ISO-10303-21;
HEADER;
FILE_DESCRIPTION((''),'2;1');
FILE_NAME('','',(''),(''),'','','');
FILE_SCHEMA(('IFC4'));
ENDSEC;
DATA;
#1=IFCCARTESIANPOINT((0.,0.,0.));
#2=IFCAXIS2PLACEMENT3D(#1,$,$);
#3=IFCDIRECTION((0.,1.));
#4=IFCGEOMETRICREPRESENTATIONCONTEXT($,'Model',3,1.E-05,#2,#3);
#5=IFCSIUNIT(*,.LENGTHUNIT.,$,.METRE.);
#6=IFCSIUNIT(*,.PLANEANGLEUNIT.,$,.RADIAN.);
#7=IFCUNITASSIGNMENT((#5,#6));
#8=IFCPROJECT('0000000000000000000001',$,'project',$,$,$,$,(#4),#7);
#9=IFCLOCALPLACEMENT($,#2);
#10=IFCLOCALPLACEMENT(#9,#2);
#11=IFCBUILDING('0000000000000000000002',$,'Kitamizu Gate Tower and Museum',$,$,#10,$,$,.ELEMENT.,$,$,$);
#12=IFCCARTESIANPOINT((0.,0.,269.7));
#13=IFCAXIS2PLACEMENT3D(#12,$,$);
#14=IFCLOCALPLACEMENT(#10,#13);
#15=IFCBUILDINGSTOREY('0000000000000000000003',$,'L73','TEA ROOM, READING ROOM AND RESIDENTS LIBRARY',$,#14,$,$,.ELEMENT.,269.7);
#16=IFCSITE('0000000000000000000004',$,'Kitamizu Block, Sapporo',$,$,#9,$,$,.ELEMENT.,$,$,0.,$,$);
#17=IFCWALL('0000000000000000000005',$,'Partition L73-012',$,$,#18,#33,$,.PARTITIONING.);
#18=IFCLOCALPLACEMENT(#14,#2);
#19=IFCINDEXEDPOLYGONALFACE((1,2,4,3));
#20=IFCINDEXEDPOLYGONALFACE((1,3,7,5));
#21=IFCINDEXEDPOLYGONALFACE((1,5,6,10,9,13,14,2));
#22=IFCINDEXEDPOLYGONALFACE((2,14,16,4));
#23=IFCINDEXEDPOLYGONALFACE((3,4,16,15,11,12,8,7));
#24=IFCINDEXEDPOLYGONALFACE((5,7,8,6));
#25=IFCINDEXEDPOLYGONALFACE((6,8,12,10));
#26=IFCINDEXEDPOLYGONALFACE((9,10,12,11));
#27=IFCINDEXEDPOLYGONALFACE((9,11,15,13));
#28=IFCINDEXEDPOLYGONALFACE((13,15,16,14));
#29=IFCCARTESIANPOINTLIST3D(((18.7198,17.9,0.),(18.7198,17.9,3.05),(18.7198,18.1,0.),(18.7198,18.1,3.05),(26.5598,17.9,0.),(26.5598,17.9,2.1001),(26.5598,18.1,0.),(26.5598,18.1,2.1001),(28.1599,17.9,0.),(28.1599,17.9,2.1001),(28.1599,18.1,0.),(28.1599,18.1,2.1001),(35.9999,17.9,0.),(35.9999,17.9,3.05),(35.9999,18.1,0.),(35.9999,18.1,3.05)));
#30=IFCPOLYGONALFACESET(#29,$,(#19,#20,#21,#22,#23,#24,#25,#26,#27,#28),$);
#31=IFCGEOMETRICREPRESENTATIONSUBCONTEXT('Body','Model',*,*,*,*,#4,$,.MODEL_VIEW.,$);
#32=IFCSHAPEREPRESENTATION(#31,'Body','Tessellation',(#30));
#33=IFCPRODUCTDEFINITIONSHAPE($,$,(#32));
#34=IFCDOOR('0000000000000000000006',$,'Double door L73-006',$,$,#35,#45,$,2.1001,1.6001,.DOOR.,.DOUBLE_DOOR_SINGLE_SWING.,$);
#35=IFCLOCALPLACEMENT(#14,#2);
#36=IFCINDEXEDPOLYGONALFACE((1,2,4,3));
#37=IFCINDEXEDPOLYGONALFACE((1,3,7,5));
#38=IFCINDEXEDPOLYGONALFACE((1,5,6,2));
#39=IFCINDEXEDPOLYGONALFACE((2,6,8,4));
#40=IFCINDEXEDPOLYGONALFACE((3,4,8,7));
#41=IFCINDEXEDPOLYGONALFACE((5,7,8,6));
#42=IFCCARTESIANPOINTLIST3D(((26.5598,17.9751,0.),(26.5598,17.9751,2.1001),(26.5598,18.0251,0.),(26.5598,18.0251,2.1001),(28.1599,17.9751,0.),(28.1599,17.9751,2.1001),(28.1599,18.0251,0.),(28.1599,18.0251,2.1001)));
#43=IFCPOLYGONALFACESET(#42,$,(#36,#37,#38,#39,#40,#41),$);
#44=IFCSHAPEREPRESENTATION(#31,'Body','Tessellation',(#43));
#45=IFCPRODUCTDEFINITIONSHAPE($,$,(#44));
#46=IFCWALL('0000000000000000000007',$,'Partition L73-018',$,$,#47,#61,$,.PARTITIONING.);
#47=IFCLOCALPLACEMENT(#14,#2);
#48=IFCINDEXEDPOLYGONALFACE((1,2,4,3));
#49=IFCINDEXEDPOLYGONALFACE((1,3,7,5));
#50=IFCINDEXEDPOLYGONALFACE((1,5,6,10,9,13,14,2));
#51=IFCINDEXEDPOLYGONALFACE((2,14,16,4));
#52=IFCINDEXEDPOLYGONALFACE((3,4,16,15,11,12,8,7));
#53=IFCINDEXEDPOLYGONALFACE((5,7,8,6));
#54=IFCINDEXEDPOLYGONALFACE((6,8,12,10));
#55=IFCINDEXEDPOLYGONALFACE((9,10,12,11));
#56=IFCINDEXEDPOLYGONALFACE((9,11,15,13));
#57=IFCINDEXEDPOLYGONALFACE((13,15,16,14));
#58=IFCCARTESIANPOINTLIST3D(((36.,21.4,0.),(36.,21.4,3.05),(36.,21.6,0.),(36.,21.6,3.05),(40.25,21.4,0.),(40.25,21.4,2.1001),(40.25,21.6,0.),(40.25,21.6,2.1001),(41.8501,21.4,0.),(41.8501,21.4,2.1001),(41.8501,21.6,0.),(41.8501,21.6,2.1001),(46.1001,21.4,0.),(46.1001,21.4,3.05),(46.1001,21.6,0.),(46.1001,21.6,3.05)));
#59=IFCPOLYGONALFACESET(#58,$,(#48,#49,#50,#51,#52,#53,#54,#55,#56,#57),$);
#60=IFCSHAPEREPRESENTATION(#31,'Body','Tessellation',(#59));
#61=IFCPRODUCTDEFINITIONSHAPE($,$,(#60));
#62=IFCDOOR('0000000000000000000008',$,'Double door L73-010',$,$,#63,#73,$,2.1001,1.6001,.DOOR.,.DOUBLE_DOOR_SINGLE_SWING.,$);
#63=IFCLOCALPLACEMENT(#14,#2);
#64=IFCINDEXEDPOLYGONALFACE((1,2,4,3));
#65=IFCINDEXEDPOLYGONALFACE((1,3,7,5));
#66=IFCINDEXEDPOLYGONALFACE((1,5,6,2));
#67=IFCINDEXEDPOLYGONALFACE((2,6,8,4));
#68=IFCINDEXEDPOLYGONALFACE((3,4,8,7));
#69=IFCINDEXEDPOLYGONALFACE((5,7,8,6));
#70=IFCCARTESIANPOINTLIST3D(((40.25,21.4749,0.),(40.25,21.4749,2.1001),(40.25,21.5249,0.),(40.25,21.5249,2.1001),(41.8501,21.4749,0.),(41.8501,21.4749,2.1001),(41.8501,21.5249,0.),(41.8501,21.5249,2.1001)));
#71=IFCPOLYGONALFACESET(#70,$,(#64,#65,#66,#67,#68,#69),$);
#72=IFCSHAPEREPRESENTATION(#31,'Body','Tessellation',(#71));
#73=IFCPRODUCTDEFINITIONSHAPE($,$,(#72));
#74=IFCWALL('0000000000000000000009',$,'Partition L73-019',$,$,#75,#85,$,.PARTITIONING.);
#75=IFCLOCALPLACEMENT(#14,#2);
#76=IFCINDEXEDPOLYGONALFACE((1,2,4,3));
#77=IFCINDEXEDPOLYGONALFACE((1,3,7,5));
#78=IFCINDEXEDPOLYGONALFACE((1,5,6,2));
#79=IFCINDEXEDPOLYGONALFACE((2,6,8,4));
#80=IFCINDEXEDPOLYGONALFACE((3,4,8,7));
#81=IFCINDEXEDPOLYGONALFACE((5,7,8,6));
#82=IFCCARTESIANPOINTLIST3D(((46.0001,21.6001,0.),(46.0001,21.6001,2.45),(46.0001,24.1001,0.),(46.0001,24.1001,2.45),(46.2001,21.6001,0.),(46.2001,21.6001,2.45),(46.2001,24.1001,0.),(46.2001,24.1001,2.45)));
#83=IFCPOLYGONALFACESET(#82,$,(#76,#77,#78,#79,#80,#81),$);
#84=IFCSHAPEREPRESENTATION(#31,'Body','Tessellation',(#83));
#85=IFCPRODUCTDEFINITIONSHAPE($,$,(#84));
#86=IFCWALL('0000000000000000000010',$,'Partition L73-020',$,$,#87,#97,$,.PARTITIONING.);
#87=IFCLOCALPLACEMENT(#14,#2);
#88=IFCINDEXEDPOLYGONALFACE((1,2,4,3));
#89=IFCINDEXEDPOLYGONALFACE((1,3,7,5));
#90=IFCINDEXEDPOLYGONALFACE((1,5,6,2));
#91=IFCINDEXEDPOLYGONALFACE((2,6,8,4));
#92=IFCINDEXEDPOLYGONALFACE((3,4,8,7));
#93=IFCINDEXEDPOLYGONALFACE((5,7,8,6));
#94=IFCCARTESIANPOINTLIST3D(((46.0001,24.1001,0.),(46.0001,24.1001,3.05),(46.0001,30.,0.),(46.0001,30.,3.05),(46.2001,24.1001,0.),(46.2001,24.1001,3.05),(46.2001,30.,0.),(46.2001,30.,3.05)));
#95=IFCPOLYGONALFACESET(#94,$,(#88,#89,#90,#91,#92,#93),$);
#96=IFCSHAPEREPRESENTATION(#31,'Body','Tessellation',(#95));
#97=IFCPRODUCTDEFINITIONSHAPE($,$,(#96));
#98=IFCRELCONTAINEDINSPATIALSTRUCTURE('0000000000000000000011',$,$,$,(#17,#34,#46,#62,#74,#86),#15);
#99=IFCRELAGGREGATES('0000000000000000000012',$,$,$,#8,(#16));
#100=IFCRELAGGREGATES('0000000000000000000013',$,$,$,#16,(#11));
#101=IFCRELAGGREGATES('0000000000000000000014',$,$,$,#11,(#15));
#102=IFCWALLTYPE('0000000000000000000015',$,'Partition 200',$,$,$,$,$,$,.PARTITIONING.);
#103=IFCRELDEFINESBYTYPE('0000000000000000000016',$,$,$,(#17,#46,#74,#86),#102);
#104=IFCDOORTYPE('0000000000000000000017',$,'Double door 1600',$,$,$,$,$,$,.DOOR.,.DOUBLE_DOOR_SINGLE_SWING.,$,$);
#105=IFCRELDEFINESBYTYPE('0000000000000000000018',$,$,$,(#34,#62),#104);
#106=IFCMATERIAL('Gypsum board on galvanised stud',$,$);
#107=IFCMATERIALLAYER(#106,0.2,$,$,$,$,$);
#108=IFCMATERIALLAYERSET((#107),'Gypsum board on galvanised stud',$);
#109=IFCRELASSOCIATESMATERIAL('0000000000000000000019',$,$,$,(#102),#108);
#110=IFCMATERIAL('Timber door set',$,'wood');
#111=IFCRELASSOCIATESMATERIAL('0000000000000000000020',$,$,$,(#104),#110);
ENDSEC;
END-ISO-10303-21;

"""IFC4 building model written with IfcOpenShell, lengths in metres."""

from ifc_helpers import new_model, si_unit, direction, frame, frame_2d, origin, place, context, subcontext, project, spatial, rectangle, extrude, material, layer, layer_set, type_object, element, fill, save


model = new_model("IFC4")

# Units and contexts
model_context = context("Model", 3, precision=1e-05, world=origin(), true_north=direction((0.0, 1.0)))
body_context = subcontext(model_context, "Body", "Model", "MODEL_VIEW")
ifc_project = project(units=[si_unit("LENGTHUNIT", "METRE"), si_unit("PLANEANGLEUNIT", "RADIAN")], contexts=[model_context])

# Site, building, storey
site_placement = place(None, origin())
site = spatial("IfcSite", under=ifc_project, at=site_placement, Name="Kitamizu Block, Sapporo", CompositionType="ELEMENT", RefElevation=0.0)
building_placement = place(site_placement, origin())
building = spatial("IfcBuilding", under=site, at=building_placement, Name="Kitamizu Gate Tower and Museum", CompositionType="ELEMENT")
storey_placement = place(building_placement, frame((0.0, 0.0, 269.7)))
storey = spatial("IfcBuildingStorey", under=building, at=storey_placement, Name="L73", Description="TEA ROOM, READING ROOM AND RESIDENTS LIBRARY", CompositionType="ELEMENT", Elevation=269.7)

# Walls, openings, doors
ifc_material_1 = material(Name="Gypsum board on galvanised stud")
ifc_layer_1 = layer(ifc_material_1, 0.2)
ifc_layer_set_1 = layer_set([ifc_layer_1], Name="Gypsum board on galvanised stud")
wall_type_1 = type_object("IfcWallType", Name="Partition 200", PredefinedType="PARTITIONING", material=ifc_layer_set_1)
wall_1_placement = place(storey_placement, frame((36.0, 18.0, 0.0), z_axis=(0.0, 0.0, 1.0), x_axis=(-1.0, 0.0, 0.0)))
wall_1 = element("IfcWall", 1, at=wall_1_placement, inside=storey, type_object=wall_type_1, Name="Partition L73-012", PredefinedType="PARTITIONING", context=body_context, shape_type="SweptSolid", body=[
    extrude(rectangle(XDim=17.28, YDim=0.2, at=frame_2d((8.6401, 0.0))), origin(), (0.0, 0.0, 1.0), 3.05),
])
opening_1_placement = place(wall_1_placement, frame((7.8401, 0.0, 0.0)))
opening_1 = element("IfcOpeningElement", 2, at=opening_1_placement, cuts=wall_1, PredefinedType="OPENING", context=body_context, shape_type="SweptSolid", body=[
    extrude(rectangle(XDim=1.6001, YDim=2.1001, at=frame_2d((0.8, 1.05))), frame((0.0, 0.1099, 0.0), z_axis=(0.0, -1.0, 0.0), x_axis=(1.0, 0.0, 0.0)), (0.0, 0.0, 1.0), 0.22),
])
ifc_material_2 = material(Name="Timber door set", Category="wood")
door_type_1 = type_object("IfcDoorType", Name="Double door 1600", OperationType="DOUBLE_DOOR_SINGLE_SWING", PredefinedType="DOOR", material=ifc_material_2)
door_1_placement = place(opening_1_placement, origin())
door_1 = element("IfcDoor", 3, at=door_1_placement, inside=storey, type_object=door_type_1, Name="Double door L73-006", OperationType="DOUBLE_DOOR_SINGLE_SWING", OverallHeight=2.1001, OverallWidth=1.6001, PredefinedType="DOOR", context=body_context, shape_type="SweptSolid", body=[
    extrude(rectangle(XDim=1.6001, YDim=2.1001, at=frame_2d((0.8, 1.05))), frame((0.0, 0.0249, 0.0), z_axis=(0.0, -1.0, 0.0), x_axis=(1.0, 0.0, 0.0)), (0.0, 0.0, 1.0), 0.05),
])
fill(opening_1, door_1)
wall_2_placement = place(storey_placement, frame((36.0, 21.5, 0.0), z_axis=(0.0, 0.0, 1.0), x_axis=(1.0, 0.0, 0.0)))
wall_2 = element("IfcWall", 4, at=wall_2_placement, inside=storey, type_object=wall_type_1, Name="Partition L73-018", PredefinedType="PARTITIONING", context=body_context, shape_type="SweptSolid", body=[
    extrude(rectangle(XDim=10.1001, YDim=0.2, at=frame_2d((5.05, 0.0))), origin(), (0.0, 0.0, 1.0), 3.05),
])
opening_2_placement = place(wall_2_placement, frame((4.25, 0.0, 0.0)))
opening_2 = element("IfcOpeningElement", 5, at=opening_2_placement, cuts=wall_2, PredefinedType="OPENING", context=body_context, shape_type="SweptSolid", body=[
    extrude(rectangle(XDim=1.6001, YDim=2.1001, at=frame_2d((0.8, 1.05))), frame((0.0, 0.1099, 0.0), z_axis=(0.0, -1.0, 0.0), x_axis=(1.0, 0.0, 0.0)), (0.0, 0.0, 1.0), 0.22),
])
door_2_placement = place(opening_2_placement, origin())
door_2 = element("IfcDoor", 6, at=door_2_placement, inside=storey, type_object=door_type_1, Name="Double door L73-010", OperationType="DOUBLE_DOOR_SINGLE_SWING", OverallHeight=2.1001, OverallWidth=1.6001, PredefinedType="DOOR", context=body_context, shape_type="SweptSolid", body=[
    extrude(rectangle(XDim=1.6001, YDim=2.1001, at=frame_2d((0.8, 1.05))), frame((0.0, 0.0249, 0.0), z_axis=(0.0, -1.0, 0.0), x_axis=(1.0, 0.0, 0.0)), (0.0, 0.0, 1.0), 0.05),
])
fill(opening_2, door_2)

# Walls
wall_3_placement = place(storey_placement, frame((46.1001, 21.6001, 0.0), z_axis=(0.0, 0.0, 1.0), x_axis=(0.0, 1.0, 0.0)))
element("IfcWall", 7, at=wall_3_placement, inside=storey, type_object=wall_type_1, Name="Partition L73-019", PredefinedType="PARTITIONING", context=body_context, shape_type="SweptSolid", body=[
    extrude(rectangle(XDim=2.5, YDim=0.2, at=frame_2d((1.25, 0.0))), origin(), (0.0, 0.0, 1.0), 2.45),
])
wall_4_placement = place(storey_placement, frame((46.1001, 24.1001, 0.0), z_axis=(0.0, 0.0, 1.0), x_axis=(0.0, 1.0, 0.0)))
element("IfcWall", 8, at=wall_4_placement, inside=storey, type_object=wall_type_1, Name="Partition L73-020", PredefinedType="PARTITIONING", context=body_context, shape_type="SweptSolid", body=[
    extrude(rectangle(XDim=5.8999, YDim=0.2, at=frame_2d((2.95, 0.0))), origin(), (0.0, 0.0, 1.0), 3.05),
])

save(model, "model.ifc")
